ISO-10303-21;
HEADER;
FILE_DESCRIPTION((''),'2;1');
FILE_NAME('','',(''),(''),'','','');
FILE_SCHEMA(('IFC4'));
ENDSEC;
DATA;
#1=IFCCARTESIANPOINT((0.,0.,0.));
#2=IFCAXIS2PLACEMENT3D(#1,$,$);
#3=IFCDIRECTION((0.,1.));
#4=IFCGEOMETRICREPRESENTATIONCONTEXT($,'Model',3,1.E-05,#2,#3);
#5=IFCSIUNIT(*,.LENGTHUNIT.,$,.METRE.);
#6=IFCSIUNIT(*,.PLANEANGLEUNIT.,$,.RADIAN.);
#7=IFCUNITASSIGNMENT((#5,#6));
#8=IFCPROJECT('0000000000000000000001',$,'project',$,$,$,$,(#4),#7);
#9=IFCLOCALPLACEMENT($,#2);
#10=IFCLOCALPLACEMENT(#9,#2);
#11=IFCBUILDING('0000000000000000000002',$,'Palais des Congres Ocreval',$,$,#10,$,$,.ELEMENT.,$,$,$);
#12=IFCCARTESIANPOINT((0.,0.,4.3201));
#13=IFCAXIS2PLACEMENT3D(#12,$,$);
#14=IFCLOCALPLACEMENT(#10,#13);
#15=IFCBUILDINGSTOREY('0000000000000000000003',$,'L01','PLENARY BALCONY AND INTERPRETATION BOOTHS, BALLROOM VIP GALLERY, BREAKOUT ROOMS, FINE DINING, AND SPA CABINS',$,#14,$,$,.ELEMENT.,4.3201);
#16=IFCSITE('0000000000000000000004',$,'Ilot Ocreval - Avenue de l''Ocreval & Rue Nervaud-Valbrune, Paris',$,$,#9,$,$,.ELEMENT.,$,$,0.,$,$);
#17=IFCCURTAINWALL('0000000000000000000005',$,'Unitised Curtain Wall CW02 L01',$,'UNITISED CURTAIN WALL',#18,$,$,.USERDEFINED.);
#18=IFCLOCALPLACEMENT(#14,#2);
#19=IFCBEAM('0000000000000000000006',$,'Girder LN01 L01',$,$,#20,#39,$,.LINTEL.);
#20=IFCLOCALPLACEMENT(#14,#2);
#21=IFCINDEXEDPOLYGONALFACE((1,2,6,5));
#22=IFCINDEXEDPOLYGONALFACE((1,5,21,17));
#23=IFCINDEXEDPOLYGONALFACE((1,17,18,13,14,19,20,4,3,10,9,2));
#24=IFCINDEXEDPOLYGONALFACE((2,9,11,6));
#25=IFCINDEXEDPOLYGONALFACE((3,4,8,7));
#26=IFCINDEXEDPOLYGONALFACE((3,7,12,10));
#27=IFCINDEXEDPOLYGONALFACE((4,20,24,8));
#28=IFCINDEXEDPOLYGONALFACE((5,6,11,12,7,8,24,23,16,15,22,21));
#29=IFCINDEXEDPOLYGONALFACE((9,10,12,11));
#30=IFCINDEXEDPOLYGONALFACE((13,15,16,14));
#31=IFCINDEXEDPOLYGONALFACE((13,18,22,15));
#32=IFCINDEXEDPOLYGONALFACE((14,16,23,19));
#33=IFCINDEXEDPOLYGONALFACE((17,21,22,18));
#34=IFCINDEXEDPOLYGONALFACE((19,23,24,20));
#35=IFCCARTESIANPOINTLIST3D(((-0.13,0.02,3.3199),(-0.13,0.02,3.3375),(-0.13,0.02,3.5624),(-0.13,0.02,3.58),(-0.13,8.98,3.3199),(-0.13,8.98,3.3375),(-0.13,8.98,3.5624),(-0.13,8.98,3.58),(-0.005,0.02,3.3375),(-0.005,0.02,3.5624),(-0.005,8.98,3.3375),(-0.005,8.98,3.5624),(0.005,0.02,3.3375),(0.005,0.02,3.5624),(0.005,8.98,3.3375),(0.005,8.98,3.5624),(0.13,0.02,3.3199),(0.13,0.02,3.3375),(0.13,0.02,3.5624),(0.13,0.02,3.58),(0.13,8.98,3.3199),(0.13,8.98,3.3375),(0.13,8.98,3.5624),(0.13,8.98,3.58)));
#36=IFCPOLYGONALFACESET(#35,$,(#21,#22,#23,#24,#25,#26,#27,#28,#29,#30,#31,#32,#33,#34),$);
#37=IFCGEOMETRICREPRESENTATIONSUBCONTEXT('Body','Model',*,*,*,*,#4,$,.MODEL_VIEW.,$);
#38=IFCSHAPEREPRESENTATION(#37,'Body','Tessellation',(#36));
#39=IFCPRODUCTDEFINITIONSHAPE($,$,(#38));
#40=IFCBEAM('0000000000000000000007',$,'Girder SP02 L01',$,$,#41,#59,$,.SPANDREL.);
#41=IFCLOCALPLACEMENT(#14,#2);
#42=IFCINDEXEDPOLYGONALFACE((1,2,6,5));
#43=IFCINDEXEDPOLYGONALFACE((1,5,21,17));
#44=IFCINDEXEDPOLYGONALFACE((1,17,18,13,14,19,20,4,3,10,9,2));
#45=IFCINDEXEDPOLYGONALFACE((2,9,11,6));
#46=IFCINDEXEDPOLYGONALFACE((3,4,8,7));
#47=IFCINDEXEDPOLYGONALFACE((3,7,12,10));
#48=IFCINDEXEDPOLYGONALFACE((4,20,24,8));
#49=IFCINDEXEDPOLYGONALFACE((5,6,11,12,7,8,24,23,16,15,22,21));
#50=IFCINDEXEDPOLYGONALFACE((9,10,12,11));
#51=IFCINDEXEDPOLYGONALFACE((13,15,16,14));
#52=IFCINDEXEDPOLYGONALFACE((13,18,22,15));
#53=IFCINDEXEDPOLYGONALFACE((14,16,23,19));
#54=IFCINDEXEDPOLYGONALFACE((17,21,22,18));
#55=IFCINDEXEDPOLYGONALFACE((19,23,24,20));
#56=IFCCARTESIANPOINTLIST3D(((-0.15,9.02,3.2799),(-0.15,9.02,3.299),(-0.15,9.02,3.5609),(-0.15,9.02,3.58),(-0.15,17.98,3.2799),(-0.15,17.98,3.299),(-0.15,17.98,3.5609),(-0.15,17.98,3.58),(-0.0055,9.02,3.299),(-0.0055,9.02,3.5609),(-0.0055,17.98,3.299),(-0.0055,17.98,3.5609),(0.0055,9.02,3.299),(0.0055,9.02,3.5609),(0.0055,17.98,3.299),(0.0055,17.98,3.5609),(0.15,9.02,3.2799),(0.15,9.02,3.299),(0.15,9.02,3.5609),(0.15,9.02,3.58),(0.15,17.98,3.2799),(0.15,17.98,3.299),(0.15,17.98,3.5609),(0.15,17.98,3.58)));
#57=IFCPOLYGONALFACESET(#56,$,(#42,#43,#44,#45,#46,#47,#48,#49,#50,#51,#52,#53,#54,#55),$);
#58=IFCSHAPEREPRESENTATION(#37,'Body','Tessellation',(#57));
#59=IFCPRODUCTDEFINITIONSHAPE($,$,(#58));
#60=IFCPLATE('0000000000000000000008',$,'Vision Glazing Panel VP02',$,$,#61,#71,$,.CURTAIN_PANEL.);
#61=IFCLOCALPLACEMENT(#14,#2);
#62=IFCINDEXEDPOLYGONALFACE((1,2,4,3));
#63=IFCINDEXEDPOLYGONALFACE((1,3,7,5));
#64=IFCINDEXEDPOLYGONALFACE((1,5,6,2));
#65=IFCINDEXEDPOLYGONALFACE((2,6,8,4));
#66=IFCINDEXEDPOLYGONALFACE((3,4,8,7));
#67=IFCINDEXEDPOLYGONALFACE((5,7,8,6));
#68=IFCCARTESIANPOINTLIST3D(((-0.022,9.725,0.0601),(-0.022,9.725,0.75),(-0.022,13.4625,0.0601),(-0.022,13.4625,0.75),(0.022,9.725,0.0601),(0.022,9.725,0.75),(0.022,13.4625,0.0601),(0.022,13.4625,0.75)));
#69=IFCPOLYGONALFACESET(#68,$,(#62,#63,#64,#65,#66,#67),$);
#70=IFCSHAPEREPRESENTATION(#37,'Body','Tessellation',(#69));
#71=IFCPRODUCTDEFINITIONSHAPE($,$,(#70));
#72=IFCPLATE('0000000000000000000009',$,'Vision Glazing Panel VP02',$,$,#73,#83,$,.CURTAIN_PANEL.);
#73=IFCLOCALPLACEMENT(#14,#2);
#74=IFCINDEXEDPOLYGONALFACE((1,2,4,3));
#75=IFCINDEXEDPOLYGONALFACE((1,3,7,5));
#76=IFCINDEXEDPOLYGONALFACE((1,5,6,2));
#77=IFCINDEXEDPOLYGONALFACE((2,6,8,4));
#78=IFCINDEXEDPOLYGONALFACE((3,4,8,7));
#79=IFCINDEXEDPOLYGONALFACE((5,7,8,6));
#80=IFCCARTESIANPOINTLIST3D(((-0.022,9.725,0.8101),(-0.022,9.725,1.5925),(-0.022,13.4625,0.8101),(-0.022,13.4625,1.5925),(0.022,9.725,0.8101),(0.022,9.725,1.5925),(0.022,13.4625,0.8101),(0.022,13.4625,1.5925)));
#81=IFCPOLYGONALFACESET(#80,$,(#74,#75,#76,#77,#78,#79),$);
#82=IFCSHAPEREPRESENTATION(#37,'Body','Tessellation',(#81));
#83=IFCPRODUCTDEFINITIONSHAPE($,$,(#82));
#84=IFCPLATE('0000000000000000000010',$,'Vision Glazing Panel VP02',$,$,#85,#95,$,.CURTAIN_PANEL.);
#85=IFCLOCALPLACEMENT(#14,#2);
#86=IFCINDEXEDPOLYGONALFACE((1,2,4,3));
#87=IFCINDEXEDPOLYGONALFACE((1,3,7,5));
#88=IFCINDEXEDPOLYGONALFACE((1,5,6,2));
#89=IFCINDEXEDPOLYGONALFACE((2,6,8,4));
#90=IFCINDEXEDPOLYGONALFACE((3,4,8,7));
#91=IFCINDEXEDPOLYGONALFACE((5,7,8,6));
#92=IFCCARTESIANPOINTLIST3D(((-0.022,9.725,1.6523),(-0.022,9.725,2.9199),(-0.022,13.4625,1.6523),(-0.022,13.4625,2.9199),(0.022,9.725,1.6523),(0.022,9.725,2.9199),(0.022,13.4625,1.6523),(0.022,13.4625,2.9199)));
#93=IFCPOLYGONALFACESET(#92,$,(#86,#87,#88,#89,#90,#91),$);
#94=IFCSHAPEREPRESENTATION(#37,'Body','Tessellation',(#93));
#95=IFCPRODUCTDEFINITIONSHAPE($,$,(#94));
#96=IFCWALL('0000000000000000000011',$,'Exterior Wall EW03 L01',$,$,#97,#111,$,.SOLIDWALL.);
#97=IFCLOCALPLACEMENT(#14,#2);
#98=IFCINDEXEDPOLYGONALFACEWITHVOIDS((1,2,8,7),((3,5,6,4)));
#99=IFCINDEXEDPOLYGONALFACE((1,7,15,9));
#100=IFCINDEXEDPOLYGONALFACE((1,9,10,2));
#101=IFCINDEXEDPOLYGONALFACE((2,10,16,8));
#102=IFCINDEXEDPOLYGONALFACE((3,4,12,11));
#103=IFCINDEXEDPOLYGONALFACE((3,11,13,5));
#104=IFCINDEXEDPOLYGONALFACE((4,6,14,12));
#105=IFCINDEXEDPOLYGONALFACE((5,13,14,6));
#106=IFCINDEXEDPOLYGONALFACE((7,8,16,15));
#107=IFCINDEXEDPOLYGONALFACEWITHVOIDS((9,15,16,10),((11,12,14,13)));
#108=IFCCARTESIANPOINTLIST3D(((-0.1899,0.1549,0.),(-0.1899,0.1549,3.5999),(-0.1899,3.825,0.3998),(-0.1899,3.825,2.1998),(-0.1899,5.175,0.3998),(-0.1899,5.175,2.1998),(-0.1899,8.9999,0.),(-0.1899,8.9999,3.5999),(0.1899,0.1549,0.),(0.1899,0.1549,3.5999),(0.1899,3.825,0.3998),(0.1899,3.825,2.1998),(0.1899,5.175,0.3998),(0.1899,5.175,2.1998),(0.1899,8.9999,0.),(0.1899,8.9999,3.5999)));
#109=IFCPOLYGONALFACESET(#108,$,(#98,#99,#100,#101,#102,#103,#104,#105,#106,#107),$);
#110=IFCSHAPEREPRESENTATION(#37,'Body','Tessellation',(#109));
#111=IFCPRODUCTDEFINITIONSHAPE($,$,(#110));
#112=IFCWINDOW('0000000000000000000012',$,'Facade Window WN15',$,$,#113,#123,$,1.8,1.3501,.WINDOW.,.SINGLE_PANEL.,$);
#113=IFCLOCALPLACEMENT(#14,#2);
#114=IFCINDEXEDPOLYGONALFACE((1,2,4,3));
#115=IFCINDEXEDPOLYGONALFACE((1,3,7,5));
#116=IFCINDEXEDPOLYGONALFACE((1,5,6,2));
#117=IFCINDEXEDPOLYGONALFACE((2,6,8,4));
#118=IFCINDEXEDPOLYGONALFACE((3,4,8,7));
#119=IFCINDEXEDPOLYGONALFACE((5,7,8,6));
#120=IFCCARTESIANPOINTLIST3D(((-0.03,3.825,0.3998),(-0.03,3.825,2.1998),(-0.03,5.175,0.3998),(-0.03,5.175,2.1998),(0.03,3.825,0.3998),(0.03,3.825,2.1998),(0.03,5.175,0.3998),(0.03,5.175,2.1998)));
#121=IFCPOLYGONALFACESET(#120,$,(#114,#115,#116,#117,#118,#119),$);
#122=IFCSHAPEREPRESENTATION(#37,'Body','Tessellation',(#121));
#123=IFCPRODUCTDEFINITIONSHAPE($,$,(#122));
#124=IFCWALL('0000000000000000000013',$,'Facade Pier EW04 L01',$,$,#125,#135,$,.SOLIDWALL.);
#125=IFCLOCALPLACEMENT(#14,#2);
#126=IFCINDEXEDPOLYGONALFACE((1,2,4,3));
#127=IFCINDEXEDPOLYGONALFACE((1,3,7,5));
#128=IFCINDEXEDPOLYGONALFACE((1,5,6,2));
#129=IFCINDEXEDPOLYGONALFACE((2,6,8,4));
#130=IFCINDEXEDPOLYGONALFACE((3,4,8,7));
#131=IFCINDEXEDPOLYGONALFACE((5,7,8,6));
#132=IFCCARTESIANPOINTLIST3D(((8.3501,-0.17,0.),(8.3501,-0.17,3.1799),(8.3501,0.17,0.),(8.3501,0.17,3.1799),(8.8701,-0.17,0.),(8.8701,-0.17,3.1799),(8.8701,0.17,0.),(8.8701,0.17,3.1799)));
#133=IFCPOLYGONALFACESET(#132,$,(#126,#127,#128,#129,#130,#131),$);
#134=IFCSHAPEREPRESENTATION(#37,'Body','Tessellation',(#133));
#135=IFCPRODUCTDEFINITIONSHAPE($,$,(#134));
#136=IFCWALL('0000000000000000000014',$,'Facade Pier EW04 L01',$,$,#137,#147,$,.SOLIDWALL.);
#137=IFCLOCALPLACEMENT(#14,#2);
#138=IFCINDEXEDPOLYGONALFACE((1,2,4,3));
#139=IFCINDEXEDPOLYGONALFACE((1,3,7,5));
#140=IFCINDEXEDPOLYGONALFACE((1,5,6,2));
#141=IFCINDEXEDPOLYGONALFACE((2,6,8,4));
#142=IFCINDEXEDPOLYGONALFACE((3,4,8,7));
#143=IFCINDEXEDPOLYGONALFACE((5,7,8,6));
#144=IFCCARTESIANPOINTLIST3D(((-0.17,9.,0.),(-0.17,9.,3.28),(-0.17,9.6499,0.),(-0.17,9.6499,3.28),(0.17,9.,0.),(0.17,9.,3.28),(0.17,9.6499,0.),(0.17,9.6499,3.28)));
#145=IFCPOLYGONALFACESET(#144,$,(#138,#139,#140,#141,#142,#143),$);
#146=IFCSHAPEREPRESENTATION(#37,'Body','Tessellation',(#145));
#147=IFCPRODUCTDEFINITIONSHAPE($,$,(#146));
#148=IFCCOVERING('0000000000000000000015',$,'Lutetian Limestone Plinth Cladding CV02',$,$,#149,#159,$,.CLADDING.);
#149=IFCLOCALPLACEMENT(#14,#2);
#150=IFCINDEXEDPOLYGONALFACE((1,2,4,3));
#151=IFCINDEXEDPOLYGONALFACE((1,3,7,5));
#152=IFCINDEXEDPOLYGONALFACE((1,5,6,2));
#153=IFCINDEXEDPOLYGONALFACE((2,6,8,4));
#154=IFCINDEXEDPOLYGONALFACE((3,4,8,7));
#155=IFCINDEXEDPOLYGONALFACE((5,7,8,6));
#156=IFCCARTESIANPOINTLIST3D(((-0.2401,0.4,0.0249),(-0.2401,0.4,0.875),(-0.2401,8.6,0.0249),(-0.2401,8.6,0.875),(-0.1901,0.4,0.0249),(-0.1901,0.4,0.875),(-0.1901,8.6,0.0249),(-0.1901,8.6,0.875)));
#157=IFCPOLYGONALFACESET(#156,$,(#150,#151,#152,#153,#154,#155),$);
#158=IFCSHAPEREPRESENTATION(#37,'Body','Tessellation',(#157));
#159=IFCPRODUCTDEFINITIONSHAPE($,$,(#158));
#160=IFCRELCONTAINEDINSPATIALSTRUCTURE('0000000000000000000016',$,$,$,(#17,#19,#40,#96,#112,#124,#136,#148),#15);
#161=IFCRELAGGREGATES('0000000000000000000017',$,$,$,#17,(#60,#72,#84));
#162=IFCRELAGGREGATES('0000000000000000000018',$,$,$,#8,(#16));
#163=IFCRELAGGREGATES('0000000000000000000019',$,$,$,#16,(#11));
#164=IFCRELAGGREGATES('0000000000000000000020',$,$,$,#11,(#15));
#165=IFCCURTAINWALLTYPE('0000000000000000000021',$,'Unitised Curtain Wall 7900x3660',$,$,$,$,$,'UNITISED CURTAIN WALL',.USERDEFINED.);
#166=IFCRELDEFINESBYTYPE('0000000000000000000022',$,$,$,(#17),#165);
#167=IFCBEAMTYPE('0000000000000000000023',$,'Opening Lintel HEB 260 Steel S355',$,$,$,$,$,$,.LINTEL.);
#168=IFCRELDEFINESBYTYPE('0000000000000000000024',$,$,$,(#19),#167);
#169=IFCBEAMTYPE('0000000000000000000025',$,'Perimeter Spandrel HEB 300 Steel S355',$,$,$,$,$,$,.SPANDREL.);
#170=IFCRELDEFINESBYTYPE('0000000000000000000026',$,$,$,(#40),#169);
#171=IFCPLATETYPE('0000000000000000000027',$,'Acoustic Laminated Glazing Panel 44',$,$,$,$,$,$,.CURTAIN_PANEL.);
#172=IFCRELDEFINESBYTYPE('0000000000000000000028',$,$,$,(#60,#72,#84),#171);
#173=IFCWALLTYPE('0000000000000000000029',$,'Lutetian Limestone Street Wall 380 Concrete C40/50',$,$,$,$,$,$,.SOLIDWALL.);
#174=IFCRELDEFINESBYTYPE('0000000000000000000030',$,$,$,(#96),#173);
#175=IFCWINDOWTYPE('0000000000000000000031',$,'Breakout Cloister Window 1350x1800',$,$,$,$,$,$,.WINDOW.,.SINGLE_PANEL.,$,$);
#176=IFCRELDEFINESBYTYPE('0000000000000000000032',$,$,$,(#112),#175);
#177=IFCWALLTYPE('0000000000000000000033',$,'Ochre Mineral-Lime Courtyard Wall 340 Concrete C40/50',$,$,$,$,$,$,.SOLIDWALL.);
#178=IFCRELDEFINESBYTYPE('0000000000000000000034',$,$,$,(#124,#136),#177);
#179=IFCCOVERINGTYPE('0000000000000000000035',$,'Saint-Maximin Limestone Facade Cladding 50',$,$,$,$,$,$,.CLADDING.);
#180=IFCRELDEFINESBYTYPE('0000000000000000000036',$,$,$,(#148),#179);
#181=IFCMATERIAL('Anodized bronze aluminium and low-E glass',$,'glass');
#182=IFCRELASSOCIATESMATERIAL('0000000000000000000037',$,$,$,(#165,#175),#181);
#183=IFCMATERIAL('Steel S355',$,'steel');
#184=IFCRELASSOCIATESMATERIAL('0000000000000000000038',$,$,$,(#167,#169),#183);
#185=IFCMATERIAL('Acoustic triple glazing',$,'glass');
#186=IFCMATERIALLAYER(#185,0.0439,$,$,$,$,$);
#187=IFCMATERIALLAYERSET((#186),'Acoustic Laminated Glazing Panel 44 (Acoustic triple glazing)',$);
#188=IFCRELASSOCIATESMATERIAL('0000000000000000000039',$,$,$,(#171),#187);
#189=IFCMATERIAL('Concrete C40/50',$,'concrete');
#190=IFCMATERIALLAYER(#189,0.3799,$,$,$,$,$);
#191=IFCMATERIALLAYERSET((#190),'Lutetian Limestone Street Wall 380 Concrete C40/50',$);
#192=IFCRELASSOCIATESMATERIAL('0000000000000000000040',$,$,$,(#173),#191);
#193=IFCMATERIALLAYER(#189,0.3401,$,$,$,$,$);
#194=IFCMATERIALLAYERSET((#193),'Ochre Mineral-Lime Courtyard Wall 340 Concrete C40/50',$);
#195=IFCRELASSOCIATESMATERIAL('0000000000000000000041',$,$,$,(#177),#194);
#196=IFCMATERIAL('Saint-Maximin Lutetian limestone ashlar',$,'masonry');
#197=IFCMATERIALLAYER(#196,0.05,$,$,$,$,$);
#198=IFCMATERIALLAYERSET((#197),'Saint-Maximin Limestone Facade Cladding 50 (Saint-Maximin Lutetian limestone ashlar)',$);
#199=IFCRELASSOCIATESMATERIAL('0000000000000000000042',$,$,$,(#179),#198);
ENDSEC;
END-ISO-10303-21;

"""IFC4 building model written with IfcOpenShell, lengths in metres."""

from ifc_helpers import new_model, si_unit, direction, frame, frame_2d, origin, origin_2d, place, context, subcontext, project, spatial, rectangle, i_section, extrude, material, layer, layer_set, material_profile, profile_set, type_object, element, fill, aggregate, save


model = new_model("IFC4")

# Units and contexts
model_context = context("Model", 3, precision=1e-05, world=origin(), true_north=direction((0.0, 1.0)))
body_context = subcontext(model_context, "Body", "Model", "MODEL_VIEW")
ifc_project = project(units=[si_unit("LENGTHUNIT", "METRE"), si_unit("PLANEANGLEUNIT", "RADIAN")], contexts=[model_context])

# Site, building, storey
site_placement = place(None, origin())
site = spatial("IfcSite", under=ifc_project, at=site_placement, Name="Ilot Ocreval - Avenue de l'Ocreval & Rue Nervaud-Valbrune, Paris", CompositionType="ELEMENT", RefElevation=0.0)
building_placement = place(site_placement, origin())
building = spatial("IfcBuilding", under=site, at=building_placement, Name="Palais des Congres Ocreval", CompositionType="ELEMENT")
storey_placement = place(building_placement, frame((0.0, 0.0, 4.3201)))
storey = spatial("IfcBuildingStorey", under=building, at=storey_placement, Name="L01", Description="PLENARY BALCONY AND INTERPRETATION BOOTHS, BALLROOM VIP GALLERY, BREAKOUT ROOMS, FINE DINING, AND SPA CABINS", CompositionType="ELEMENT", Elevation=4.3201)

# Shared definitions
ifc_material_1 = material(Name="Steel S355", Category="steel")

# Curtain wall
ifc_material_2 = material(Name="Anodized bronze aluminium and low-E glass", Category="glass")
curtain_wall_type = type_object("IfcCurtainWallType", Name="Unitised Curtain Wall 7900x3660", ElementType="UNITISED CURTAIN WALL", PredefinedType="USERDEFINED", material=ifc_material_2)
curtain_wall_1_placement = place(storey_placement, origin())
curtain_wall_1 = element("IfcCurtainWall", 1, at=curtain_wall_1_placement, inside=storey, type_object=curtain_wall_type, Name="Unitised Curtain Wall CW02 L01", ObjectType="UNITISED CURTAIN WALL", PredefinedType="USERDEFINED")

# Beams
ifc_material_profile_1 = material_profile(ifc_material_1, i_section(OverallWidth=0.26, OverallDepth=0.26, WebThickness=0.01, FlangeThickness=0.0176, at=origin_2d()), Name="HEB 260")
ifc_profile_set_1 = profile_set([ifc_material_profile_1], Name="Steel S355")
beam_type_1 = type_object("IfcBeamType", Name="Opening Lintel HEB 260 Steel S355", PredefinedType="LINTEL", material=ifc_profile_set_1)
beam_1_placement = place(storey_placement, frame((0.0, 0.02, 3.45), z_axis=(0.0, 1.0, 0.0), x_axis=(-1.0, 0.0, 0.0)))
element("IfcBeam", 2, at=beam_1_placement, inside=storey, type_object=beam_type_1, Name="Girder LN01 L01", PredefinedType="LINTEL", context=body_context, shape_type="SweptSolid", body=[
    extrude(i_section(OverallWidth=0.26, OverallDepth=0.26, WebThickness=0.01, FlangeThickness=0.0176, at=origin_2d()), origin(), (0.0, 0.0, 1.0), 8.96),
])
ifc_material_profile_2 = material_profile(ifc_material_1, i_section(OverallWidth=0.3, OverallDepth=0.3, WebThickness=0.011, FlangeThickness=0.019, at=origin_2d()), Name="HEB 300")
ifc_profile_set_2 = profile_set([ifc_material_profile_2], Name="Steel S355")
beam_type_2 = type_object("IfcBeamType", Name="Perimeter Spandrel HEB 300 Steel S355", PredefinedType="SPANDREL", material=ifc_profile_set_2)
beam_2_placement = place(storey_placement, frame((0.0, 9.02, 3.4299), z_axis=(0.0, 1.0, 0.0), x_axis=(-1.0, 0.0, 0.0)))
element("IfcBeam", 3, at=beam_2_placement, inside=storey, type_object=beam_type_2, Name="Girder SP02 L01", PredefinedType="SPANDREL", context=body_context, shape_type="SweptSolid", body=[
    extrude(i_section(OverallWidth=0.3, OverallDepth=0.3, WebThickness=0.011, FlangeThickness=0.019, at=origin_2d()), origin(), (0.0, 0.0, 1.0), 8.96),
])

# Plates
ifc_material_3 = material(Name="Acoustic triple glazing", Category="glass")
ifc_layer_1 = layer(ifc_material_3, 0.0439)
ifc_layer_set_1 = layer_set([ifc_layer_1], Name="Acoustic Laminated Glazing Panel 44 (Acoustic triple glazing)")
plate_type = type_object("IfcPlateType", Name="Acoustic Laminated Glazing Panel 44", PredefinedType="CURTAIN_PANEL", material=ifc_layer_set_1)
plate_1_placement = place(storey_placement, frame((0.0, 11.5938, 0.0601), z_axis=(0.0, 0.0, 1.0), x_axis=(0.0, 1.0, 0.0)))
plate_1 = element("IfcPlate", 4, at=plate_1_placement, type_object=plate_type, Name="Vision Glazing Panel VP02", PredefinedType="CURTAIN_PANEL", context=body_context, shape_type="SweptSolid", body=[
    extrude(rectangle(XDim=3.7375, YDim=0.0439, at=origin_2d()), origin(), (0.0, 0.0, 1.0), 0.6899),
])
plate_2_placement = place(storey_placement, frame((0.0, 11.5938, 0.8101), z_axis=(0.0, 0.0, 1.0), x_axis=(0.0, 1.0, 0.0)))
plate_2 = element("IfcPlate", 5, at=plate_2_placement, type_object=plate_type, Name="Vision Glazing Panel VP02", PredefinedType="CURTAIN_PANEL", context=body_context, shape_type="SweptSolid", body=[
    extrude(rectangle(XDim=3.7375, YDim=0.0439, at=origin_2d()), origin(), (0.0, 0.0, 1.0), 0.7825),
])
plate_3_placement = place(storey_placement, frame((0.0, 11.5938, 1.6523), z_axis=(0.0, 0.0, 1.0), x_axis=(0.0, 1.0, 0.0)))
plate_3 = element("IfcPlate", 6, at=plate_3_placement, type_object=plate_type, Name="Vision Glazing Panel VP02", PredefinedType="CURTAIN_PANEL", context=body_context, shape_type="SweptSolid", body=[
    extrude(rectangle(XDim=3.7375, YDim=0.0439, at=origin_2d()), origin(), (0.0, 0.0, 1.0), 1.2676),
])
aggregate(curtain_wall_1, [plate_1, plate_2, plate_3])

# Wall, opening, window
ifc_material_4 = material(Name="Concrete C40/50", Category="concrete")
ifc_layer_2 = layer(ifc_material_4, 0.3799)
ifc_layer_set_2 = layer_set([ifc_layer_2], Name="Lutetian Limestone Street Wall 380 Concrete C40/50")
wall_type_1 = type_object("IfcWallType", Name="Lutetian Limestone Street Wall 380 Concrete C40/50", PredefinedType="SOLIDWALL", material=ifc_layer_set_2)
wall_1_placement = place(storey_placement, frame((0.0, 0.155, 0.0), z_axis=(0.0, 0.0, 1.0), x_axis=(0.0, 1.0, 0.0)))
wall_1 = element("IfcWall", 7, at=wall_1_placement, inside=storey, type_object=wall_type_1, Name="Exterior Wall EW03 L01", PredefinedType="SOLIDWALL", context=body_context, shape_type="SweptSolid", body=[
    extrude(rectangle(XDim=8.845, YDim=0.3799, at=frame_2d((4.4224, 0.0))), origin(), (0.0, 0.0, 1.0), 3.5999),
])
opening_placement = place(wall_1_placement, frame((3.6699, 0.0, 0.3999)))
opening = element("IfcOpeningElement", 8, at=opening_placement, cuts=wall_1, PredefinedType="OPENING", context=body_context, shape_type="SweptSolid", body=[
    extrude(rectangle(XDim=1.3501, YDim=1.8, at=frame_2d((0.675, 0.8999))), frame((0.0, 0.2, 0.0), z_axis=(0.0, -1.0, 0.0), x_axis=(1.0, 0.0, 0.0)), (0.0, 0.0, 1.0), 0.3999),
])
window_type = type_object("IfcWindowType", Name="Breakout Cloister Window 1350x1800", PartitioningType="SINGLE_PANEL", PredefinedType="WINDOW", material=ifc_material_2)
window_placement = place(opening_placement, origin())
window = element("IfcWindow", 9, at=window_placement, inside=storey, type_object=window_type, Name="Facade Window WN15", OverallHeight=1.8, OverallWidth=1.3501, PartitioningType="SINGLE_PANEL", PredefinedType="WINDOW", context=body_context, shape_type="SweptSolid", body=[
    extrude(rectangle(XDim=1.3501, YDim=1.8, at=frame_2d((0.675, 0.8999))), frame((0.0, 0.03, 0.0), z_axis=(0.0, -1.0, 0.0), x_axis=(1.0, 0.0, 0.0)), (0.0, 0.0, 1.0), 0.0601),
])
fill(opening, window)

# Walls
ifc_layer_3 = layer(ifc_material_4, 0.3401)
ifc_layer_set_3 = layer_set([ifc_layer_3], Name="Ochre Mineral-Lime Courtyard Wall 340 Concrete C40/50")
wall_type_2 = type_object("IfcWallType", Name="Ochre Mineral-Lime Courtyard Wall 340 Concrete C40/50", PredefinedType="SOLIDWALL", material=ifc_layer_set_3)
wall_2_placement = place(storey_placement, frame((8.8701, 0.0, 0.0), z_axis=(0.0, 0.0, 1.0), x_axis=(-1.0, 0.0, 0.0)))
element("IfcWall", 10, at=wall_2_placement, inside=storey, type_object=wall_type_2, Name="Facade Pier EW04 L01", PredefinedType="SOLIDWALL", context=body_context, shape_type="SweptSolid", body=[
    extrude(rectangle(XDim=0.52, YDim=0.3401, at=frame_2d((0.26, 0.0))), origin(), (0.0, 0.0, 1.0), 3.1799),
])
wall_3_placement = place(storey_placement, frame((0.0, 9.0, 0.0), z_axis=(0.0, 0.0, 1.0), x_axis=(0.0, 1.0, 0.0)))
element("IfcWall", 11, at=wall_3_placement, inside=storey, type_object=wall_type_2, Name="Facade Pier EW04 L01", PredefinedType="SOLIDWALL", context=body_context, shape_type="SweptSolid", body=[
    extrude(rectangle(XDim=0.6499, YDim=0.3401, at=frame_2d((0.325, 0.0))), origin(), (0.0, 0.0, 1.0), 3.28),
])

# Covering
ifc_material_5 = material(Name="Saint-Maximin Lutetian limestone ashlar", Category="masonry")
ifc_layer_4 = layer(ifc_material_5, 0.05)
ifc_layer_set_4 = layer_set([ifc_layer_4], Name="Saint-Maximin Limestone Facade Cladding 50 (Saint-Maximin Lutetian limestone ashlar)")
covering_type = type_object("IfcCoveringType", Name="Saint-Maximin Limestone Facade Cladding 50", PredefinedType="CLADDING", material=ifc_layer_set_4)
covering_placement = place(storey_placement, frame((-0.2151, 4.5, 0.0249), z_axis=(0.0, 0.0, 1.0), x_axis=(0.0, 1.0, 0.0)))
element("IfcCovering", 12, at=covering_placement, inside=storey, type_object=covering_type, Name="Lutetian Limestone Plinth Cladding CV02", PredefinedType="CLADDING", context=body_context, shape_type="SweptSolid", body=[
    extrude(rectangle(XDim=8.2, YDim=0.05, at=origin_2d()), origin(), (0.0, 0.0, 1.0), 0.8501),
])

save(model, "model.ifc")
